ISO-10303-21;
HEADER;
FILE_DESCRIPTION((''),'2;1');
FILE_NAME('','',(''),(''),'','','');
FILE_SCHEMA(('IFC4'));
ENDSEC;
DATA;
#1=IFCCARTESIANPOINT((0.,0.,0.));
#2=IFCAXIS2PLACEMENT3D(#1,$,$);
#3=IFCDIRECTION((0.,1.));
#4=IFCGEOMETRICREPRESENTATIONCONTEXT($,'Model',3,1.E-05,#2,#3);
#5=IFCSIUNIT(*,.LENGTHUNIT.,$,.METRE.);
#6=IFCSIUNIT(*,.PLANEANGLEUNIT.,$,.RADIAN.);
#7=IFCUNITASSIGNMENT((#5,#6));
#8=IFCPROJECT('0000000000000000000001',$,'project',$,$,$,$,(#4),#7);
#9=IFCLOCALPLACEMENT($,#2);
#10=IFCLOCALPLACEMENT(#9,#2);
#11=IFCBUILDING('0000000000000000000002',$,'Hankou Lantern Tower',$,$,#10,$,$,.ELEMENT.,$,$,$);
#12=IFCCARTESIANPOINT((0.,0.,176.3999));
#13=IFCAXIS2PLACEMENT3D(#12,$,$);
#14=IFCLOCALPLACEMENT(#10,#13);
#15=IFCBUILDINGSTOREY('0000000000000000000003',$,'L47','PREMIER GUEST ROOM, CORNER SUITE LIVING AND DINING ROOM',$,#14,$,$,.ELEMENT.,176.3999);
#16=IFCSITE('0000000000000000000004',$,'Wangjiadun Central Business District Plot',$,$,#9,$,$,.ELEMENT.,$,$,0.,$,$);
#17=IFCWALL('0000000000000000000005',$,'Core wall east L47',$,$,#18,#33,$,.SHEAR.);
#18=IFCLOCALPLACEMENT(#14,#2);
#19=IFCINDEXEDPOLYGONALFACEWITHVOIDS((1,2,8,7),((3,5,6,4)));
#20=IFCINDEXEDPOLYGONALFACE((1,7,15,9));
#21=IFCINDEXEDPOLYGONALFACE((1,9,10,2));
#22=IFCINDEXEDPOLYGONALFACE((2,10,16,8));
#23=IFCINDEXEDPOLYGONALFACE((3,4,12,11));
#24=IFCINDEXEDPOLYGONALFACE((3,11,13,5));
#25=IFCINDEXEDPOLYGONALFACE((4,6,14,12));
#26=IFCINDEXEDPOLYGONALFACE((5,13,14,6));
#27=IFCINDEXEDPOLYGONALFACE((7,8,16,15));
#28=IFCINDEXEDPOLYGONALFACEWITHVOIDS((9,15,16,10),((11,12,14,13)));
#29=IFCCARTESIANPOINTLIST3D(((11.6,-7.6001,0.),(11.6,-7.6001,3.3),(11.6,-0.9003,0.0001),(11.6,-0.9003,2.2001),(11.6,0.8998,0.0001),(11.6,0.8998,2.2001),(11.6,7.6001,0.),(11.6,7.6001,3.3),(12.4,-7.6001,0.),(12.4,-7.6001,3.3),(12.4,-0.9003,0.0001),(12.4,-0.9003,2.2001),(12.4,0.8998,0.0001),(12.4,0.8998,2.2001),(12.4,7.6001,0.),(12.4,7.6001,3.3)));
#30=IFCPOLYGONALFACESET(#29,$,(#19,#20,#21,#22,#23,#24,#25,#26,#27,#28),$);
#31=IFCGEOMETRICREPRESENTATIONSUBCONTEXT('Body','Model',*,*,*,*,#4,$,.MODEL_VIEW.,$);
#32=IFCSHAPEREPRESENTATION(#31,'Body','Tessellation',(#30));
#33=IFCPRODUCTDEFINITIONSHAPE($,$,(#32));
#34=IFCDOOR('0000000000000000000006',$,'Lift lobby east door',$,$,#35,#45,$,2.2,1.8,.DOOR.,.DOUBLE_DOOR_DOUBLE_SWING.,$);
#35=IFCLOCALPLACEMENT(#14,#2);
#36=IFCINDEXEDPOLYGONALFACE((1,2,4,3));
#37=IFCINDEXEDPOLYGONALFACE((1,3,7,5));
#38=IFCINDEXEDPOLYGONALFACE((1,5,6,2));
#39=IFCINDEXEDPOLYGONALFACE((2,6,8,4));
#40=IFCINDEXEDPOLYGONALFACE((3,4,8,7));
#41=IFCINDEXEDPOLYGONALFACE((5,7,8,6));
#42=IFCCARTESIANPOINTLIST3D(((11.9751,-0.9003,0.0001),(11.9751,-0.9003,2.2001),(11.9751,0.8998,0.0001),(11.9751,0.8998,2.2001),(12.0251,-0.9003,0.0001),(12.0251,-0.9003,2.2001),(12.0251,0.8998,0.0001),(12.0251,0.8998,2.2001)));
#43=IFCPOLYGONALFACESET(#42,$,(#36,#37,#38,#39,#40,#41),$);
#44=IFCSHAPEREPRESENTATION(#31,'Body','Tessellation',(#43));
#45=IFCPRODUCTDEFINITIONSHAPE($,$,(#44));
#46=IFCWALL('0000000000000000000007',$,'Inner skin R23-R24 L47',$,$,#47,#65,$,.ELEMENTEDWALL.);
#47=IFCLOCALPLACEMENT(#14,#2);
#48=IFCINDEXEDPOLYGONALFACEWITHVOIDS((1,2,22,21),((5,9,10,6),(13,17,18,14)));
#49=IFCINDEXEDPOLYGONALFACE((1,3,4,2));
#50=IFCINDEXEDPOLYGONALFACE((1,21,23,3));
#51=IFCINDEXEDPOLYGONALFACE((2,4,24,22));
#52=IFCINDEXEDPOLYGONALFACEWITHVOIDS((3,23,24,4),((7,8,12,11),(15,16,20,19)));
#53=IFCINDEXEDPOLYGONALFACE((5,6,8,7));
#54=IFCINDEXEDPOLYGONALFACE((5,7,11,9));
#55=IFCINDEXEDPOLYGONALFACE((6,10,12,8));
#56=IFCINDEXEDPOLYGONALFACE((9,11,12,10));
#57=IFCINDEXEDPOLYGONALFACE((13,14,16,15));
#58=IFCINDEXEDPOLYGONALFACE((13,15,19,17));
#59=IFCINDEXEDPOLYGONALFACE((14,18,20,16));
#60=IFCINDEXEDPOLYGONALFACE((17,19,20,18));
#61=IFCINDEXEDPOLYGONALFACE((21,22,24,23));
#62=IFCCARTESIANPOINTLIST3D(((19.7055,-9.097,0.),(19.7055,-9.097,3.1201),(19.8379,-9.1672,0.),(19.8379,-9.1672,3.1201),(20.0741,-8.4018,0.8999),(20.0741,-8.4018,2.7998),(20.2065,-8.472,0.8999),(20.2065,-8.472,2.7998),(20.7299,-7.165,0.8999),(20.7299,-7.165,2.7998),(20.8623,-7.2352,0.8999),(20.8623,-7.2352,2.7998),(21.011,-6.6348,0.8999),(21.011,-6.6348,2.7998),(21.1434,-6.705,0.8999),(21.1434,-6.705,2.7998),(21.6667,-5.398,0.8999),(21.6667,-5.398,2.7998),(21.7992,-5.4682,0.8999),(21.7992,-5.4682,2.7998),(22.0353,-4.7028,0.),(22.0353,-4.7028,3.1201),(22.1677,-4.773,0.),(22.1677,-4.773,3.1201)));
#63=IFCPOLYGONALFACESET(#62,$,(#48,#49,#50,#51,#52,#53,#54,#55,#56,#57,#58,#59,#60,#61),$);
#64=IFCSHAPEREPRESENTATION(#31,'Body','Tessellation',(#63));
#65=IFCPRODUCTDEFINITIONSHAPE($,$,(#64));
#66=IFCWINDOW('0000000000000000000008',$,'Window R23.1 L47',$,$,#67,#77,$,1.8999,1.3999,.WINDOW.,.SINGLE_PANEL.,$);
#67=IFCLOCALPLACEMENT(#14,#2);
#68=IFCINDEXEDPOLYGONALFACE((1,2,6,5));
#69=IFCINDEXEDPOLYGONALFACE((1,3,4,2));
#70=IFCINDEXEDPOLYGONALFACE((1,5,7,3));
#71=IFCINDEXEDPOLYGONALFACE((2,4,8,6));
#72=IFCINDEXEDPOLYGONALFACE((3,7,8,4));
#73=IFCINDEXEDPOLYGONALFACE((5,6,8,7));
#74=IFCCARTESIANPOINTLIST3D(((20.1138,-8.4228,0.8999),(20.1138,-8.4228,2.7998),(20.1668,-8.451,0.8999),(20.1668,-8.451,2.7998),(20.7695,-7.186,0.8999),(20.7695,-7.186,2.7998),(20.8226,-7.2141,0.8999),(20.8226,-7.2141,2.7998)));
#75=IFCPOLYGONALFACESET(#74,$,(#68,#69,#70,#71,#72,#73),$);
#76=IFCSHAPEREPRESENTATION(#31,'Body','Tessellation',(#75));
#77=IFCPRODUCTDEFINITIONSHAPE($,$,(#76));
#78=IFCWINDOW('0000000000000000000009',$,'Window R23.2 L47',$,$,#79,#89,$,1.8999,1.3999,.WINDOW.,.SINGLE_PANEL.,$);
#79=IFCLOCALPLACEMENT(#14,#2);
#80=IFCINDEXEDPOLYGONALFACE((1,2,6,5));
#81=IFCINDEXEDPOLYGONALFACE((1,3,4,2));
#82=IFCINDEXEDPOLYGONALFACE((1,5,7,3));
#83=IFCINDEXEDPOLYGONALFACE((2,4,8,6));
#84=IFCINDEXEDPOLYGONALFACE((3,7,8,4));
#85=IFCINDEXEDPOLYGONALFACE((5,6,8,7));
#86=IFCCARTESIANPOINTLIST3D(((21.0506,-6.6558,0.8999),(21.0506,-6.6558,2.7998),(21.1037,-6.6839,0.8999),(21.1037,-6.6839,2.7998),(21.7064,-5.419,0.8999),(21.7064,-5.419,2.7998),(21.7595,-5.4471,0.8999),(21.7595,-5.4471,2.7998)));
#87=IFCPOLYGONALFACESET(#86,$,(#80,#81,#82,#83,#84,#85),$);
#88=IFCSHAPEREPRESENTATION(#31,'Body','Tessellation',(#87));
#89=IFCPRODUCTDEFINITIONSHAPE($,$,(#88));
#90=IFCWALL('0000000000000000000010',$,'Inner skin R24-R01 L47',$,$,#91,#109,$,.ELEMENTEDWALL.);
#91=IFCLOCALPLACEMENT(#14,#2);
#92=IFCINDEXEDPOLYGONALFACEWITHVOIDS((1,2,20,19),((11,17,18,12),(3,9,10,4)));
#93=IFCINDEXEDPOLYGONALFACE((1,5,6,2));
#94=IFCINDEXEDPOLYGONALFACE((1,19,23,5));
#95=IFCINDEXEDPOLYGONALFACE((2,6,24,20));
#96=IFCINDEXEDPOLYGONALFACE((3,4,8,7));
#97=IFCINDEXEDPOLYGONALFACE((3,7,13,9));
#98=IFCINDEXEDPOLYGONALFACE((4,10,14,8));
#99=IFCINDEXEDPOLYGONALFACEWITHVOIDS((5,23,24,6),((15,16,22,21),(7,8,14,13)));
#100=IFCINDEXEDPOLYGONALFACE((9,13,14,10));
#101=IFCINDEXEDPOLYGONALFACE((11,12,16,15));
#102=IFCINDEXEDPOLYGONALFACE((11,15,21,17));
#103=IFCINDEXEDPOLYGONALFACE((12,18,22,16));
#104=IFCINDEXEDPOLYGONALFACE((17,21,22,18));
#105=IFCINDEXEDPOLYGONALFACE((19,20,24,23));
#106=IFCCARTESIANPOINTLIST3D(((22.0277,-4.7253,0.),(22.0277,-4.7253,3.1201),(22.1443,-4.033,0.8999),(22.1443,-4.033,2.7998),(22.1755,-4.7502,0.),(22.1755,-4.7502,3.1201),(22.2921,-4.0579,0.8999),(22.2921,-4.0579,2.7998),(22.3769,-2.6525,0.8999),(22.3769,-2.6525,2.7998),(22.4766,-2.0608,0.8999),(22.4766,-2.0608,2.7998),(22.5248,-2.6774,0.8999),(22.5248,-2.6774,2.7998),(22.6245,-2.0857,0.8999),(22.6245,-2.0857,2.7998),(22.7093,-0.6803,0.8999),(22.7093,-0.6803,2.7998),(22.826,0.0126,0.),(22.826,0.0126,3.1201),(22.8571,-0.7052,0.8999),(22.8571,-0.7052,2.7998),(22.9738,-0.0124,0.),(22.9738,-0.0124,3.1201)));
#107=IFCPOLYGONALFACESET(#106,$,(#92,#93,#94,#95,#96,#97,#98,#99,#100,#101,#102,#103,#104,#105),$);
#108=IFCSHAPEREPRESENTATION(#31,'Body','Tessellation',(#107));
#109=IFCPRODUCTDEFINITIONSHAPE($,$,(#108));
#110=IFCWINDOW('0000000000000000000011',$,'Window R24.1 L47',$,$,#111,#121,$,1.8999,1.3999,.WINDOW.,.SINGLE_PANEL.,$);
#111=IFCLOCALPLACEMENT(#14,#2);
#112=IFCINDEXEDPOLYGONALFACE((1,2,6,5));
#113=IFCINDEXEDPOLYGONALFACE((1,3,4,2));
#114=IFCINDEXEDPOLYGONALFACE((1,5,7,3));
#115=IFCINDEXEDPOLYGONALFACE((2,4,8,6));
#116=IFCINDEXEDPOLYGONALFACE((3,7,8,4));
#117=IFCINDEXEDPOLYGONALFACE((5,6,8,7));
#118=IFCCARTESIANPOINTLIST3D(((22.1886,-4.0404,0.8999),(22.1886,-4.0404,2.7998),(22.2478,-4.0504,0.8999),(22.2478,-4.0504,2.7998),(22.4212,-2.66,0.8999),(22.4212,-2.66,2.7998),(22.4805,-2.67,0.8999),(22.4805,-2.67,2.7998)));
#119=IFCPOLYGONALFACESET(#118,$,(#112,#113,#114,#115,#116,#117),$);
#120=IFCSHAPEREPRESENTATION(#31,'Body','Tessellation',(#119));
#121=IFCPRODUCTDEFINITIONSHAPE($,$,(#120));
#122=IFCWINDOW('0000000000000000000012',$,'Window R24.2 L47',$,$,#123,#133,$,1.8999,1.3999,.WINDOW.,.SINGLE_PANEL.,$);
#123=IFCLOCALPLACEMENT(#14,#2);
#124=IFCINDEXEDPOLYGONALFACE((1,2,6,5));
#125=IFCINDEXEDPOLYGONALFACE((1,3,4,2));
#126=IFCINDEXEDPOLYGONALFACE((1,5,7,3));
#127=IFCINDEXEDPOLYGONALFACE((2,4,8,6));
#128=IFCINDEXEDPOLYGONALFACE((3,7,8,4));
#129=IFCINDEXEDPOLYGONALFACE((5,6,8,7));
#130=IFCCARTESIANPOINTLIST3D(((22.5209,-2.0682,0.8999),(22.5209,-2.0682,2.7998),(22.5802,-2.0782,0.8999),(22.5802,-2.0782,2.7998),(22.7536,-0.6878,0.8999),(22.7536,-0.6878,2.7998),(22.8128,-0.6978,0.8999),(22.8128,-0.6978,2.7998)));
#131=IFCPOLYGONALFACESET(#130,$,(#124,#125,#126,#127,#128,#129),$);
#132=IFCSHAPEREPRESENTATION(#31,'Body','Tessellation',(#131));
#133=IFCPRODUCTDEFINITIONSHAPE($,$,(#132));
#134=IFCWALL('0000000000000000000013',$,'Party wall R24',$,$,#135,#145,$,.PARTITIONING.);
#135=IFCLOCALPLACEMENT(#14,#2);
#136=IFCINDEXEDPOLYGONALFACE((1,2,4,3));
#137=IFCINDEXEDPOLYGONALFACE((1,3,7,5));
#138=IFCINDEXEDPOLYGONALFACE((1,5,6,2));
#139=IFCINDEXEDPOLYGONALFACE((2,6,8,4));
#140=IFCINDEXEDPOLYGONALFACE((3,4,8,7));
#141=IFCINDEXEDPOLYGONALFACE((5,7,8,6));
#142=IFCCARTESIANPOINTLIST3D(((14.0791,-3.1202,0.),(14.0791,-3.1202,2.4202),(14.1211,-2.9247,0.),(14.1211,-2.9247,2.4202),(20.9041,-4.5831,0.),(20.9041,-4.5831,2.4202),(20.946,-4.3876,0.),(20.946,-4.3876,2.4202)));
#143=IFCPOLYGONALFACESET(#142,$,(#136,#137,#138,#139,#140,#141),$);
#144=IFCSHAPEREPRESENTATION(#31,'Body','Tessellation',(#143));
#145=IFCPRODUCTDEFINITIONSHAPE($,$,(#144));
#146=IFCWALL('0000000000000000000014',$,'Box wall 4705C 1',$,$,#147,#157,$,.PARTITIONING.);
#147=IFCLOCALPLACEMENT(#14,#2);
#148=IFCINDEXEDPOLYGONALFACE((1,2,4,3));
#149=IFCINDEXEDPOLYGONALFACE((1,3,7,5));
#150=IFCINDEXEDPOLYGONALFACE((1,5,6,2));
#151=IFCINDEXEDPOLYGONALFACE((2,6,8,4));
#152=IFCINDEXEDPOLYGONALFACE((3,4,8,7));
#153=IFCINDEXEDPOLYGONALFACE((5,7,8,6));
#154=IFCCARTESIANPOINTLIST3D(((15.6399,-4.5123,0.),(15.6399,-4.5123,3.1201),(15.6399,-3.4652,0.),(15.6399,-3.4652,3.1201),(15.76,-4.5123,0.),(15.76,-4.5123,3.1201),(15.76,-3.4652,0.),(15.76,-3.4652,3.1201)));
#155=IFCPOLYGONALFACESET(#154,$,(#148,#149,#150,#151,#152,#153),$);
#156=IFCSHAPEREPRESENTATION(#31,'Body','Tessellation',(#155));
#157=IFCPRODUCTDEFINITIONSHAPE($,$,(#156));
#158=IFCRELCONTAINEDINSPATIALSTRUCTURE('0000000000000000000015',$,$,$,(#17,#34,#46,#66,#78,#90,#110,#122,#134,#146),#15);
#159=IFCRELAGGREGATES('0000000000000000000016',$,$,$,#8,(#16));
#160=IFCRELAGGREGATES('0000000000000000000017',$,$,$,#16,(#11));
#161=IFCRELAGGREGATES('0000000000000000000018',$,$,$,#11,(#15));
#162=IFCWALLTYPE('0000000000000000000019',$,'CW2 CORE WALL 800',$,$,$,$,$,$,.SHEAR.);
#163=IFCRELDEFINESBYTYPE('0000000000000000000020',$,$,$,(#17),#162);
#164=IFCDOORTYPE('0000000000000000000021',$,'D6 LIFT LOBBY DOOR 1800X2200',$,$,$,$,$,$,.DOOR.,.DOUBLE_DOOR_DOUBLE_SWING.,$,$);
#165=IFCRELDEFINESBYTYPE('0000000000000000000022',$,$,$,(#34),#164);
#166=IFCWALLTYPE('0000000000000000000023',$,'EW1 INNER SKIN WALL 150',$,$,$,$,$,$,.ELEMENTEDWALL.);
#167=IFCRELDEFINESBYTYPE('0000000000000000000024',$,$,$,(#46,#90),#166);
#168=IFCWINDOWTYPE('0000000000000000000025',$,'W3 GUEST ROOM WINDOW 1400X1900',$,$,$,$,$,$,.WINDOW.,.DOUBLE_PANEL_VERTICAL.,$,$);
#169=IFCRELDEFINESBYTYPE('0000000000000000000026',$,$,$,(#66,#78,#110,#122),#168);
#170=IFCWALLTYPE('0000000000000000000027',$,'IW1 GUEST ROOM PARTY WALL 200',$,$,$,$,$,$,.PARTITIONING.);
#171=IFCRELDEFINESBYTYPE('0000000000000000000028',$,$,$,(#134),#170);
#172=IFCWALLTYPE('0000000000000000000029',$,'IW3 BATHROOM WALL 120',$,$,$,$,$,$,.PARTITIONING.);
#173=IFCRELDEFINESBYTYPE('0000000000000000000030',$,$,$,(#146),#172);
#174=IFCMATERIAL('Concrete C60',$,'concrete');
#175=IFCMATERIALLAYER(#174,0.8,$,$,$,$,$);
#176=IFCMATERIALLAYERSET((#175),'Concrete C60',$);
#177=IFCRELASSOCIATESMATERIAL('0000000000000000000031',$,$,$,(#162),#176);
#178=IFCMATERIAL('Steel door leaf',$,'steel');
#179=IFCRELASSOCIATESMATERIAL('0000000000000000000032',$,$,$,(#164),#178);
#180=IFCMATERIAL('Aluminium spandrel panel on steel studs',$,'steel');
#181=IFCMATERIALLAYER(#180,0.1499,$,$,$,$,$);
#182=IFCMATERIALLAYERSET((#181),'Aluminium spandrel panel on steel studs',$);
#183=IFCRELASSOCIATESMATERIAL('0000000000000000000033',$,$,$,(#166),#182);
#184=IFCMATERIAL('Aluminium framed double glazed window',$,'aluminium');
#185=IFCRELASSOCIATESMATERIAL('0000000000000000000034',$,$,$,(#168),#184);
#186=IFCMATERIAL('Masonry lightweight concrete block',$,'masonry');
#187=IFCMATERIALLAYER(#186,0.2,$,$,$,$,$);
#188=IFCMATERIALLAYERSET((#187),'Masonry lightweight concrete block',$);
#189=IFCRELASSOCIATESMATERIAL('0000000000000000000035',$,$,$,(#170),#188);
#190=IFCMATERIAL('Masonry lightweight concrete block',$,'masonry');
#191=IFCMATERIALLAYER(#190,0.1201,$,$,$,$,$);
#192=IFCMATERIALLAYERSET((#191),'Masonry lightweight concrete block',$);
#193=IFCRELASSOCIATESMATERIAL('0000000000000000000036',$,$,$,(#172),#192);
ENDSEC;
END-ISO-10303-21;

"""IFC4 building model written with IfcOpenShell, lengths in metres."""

from ifc_helpers import new_model, si_unit, direction, frame, frame_2d, origin, place, context, subcontext, project, spatial, rectangle, extrude, material, layer, layer_set, type_object, element, fill, save


model = new_model("IFC4")

# Units and contexts
model_context = context("Model", 3, precision=1e-05, world=origin(), true_north=direction((0.0, 1.0)))
body_context = subcontext(model_context, "Body", "Model", "MODEL_VIEW")
ifc_project = project(units=[si_unit("LENGTHUNIT", "METRE"), si_unit("PLANEANGLEUNIT", "RADIAN")], contexts=[model_context])

# Site, building, storey
site_placement = place(None, origin())
site = spatial("IfcSite", under=ifc_project, at=site_placement, Name="Wangjiadun Central Business District Plot", CompositionType="ELEMENT", RefElevation=0.0)
building_placement = place(site_placement, origin())
building = spatial("IfcBuilding", under=site, at=building_placement, Name="Hankou Lantern Tower", CompositionType="ELEMENT")
storey_placement = place(building_placement, frame((0.0, 0.0, 176.3999)))
storey = spatial("IfcBuildingStorey", under=building, at=storey_placement, Name="L47", Description="PREMIER GUEST ROOM, CORNER SUITE LIVING AND DINING ROOM", CompositionType="ELEMENT", Elevation=176.3999)

# Shared definitions
ifc_material_1 = material(Name="Concrete C60", Category="concrete")
ifc_layer_1 = layer(ifc_material_1, 0.8)
ifc_layer_set_1 = layer_set([ifc_layer_1], Name="Concrete C60")
wall_type_1 = type_object("IfcWallType", Name="CW2 CORE WALL 800", PredefinedType="SHEAR", material=ifc_layer_set_1)

# Wall, opening, door
wall_1_placement = place(storey_placement, frame((12.0, -7.6001, 0.0), z_axis=(0.0, 0.0, 1.0), x_axis=(0.0, 1.0, 0.0)))
wall_1 = element("IfcWall", 1, at=wall_1_placement, inside=storey, type_object=wall_type_1, Name="Core wall east L47", PredefinedType="SHEAR", context=body_context, shape_type="SweptSolid", body=[
    extrude(rectangle(XDim=15.2002, YDim=0.8, at=frame_2d((7.6001, 0.0))), origin(), (0.0, 0.0, 1.0), 3.3),
])
opening_1_placement = place(wall_1_placement, frame((6.7, 0.0, 0.0)))
opening_1 = element("IfcOpeningElement", 2, at=opening_1_placement, cuts=wall_1, PredefinedType="OPENING", context=body_context, shape_type="SweptSolid", body=[
    extrude(rectangle(XDim=1.8, YDim=2.2, at=frame_2d((0.8999, 1.1001))), frame((0.0, 0.4099, 0.0), z_axis=(0.0, -1.0, 0.0), x_axis=(1.0, 0.0, 0.0)), (0.0, 0.0, 1.0), 0.8201),
])
ifc_material_2 = material(Name="Steel door leaf", Category="steel")
door_type_1 = type_object("IfcDoorType", Name="D6 LIFT LOBBY DOOR 1800X2200", OperationType="DOUBLE_DOOR_DOUBLE_SWING", PredefinedType="DOOR", material=ifc_material_2)
door_1_placement = place(opening_1_placement, origin())
door_1 = element("IfcDoor", 3, at=door_1_placement, inside=storey, type_object=door_type_1, Name="Lift lobby east door", OperationType="DOUBLE_DOOR_DOUBLE_SWING", OverallHeight=2.2, OverallWidth=1.8, PredefinedType="DOOR", context=body_context, shape_type="SweptSolid", body=[
    extrude(rectangle(XDim=1.8, YDim=2.2, at=frame_2d((0.8999, 1.1001))), frame((0.0, 0.0249, 0.0), z_axis=(0.0, -1.0, 0.0), x_axis=(1.0, 0.0, 0.0)), (0.0, 0.0, 1.0), 0.05),
])
fill(opening_1, door_1)

# Walls, openings, windows
ifc_material_3 = material(Name="Aluminium spandrel panel on steel studs", Category="steel")
ifc_layer_2 = layer(ifc_material_3, 0.1499)
ifc_layer_set_2 = layer_set([ifc_layer_2], Name="Aluminium spandrel panel on steel studs")
wall_type_2 = type_object("IfcWallType", Name="EW1 INNER SKIN WALL 150", PredefinedType="ELEMENTEDWALL", material=ifc_layer_set_2)
wall_2_placement = place(storey_placement, frame((19.7717, -9.1321, 0.0), z_axis=(0.0, 0.0, 1.0), x_axis=(0.468429, 0.883501, 0.0)))
wall_2 = element("IfcWall", 4, at=wall_2_placement, inside=storey, type_object=wall_type_2, Name="Inner skin R23-R24 L47", PredefinedType="ELEMENTEDWALL", context=body_context, shape_type="SweptSolid", body=[
    extrude(rectangle(XDim=4.9736, YDim=0.1499, at=frame_2d((2.4868, 0.0))), origin(), (0.0, 0.0, 1.0), 3.1201),
])
opening_2_placement = place(wall_2_placement, frame((0.7869, 0.0, 0.8999)))
opening_2 = element("IfcOpeningElement", 5, at=opening_2_placement, cuts=wall_2, PredefinedType="OPENING", context=body_context, shape_type="SweptSolid", body=[
    extrude(rectangle(XDim=1.3999, YDim=1.8999, at=frame_2d((0.7, 0.95))), frame((0.0, 0.085, 0.0), z_axis=(0.0, -1.0, 0.0), x_axis=(1.0, 0.0, 0.0)), (0.0, 0.0, 1.0), 0.1699),
])
opening_3_placement = place(wall_2_placement, frame((2.7869, 0.0, 0.8999)))
opening_3 = element("IfcOpeningElement", 6, at=opening_3_placement, cuts=wall_2, PredefinedType="OPENING", context=body_context, shape_type="SweptSolid", body=[
    extrude(rectangle(XDim=1.3999, YDim=1.8999, at=frame_2d((0.7, 0.95))), frame((0.0, 0.085, 0.0), z_axis=(0.0, -1.0, 0.0), x_axis=(1.0, 0.0, 0.0)), (0.0, 0.0, 1.0), 0.1699),
])
ifc_material_4 = material(Name="Aluminium framed double glazed window", Category="aluminium")
window_type = type_object("IfcWindowType", Name="W3 GUEST ROOM WINDOW 1400X1900", PartitioningType="DOUBLE_PANEL_VERTICAL", PredefinedType="WINDOW", material=ifc_material_4)
window_1_placement = place(opening_2_placement, origin())
window_1 = element("IfcWindow", 7, at=window_1_placement, inside=storey, type_object=window_type, Name="Window R23.1 L47", OverallHeight=1.8999, OverallWidth=1.3999, PartitioningType="SINGLE_PANEL", PredefinedType="WINDOW", context=body_context, shape_type="SweptSolid", body=[
    extrude(rectangle(XDim=1.3999, YDim=1.8999, at=frame_2d((0.7, 0.95))), frame((0.0, 0.03, 0.0), z_axis=(0.0, -1.0, 0.0), x_axis=(1.0, 0.0, 0.0)), (0.0, 0.0, 1.0), 0.0601),
])
fill(opening_2, window_1)
window_2_placement = place(opening_3_placement, origin())
window_2 = element("IfcWindow", 8, at=window_2_placement, inside=storey, type_object=window_type, Name="Window R23.2 L47", OverallHeight=1.8999, OverallWidth=1.3999, PartitioningType="SINGLE_PANEL", PredefinedType="WINDOW", context=body_context, shape_type="SweptSolid", body=[
    extrude(rectangle(XDim=1.3999, YDim=1.8999, at=frame_2d((0.7, 0.95))), frame((0.0, 0.03, 0.0), z_axis=(0.0, -1.0, 0.0), x_axis=(1.0, 0.0, 0.0)), (0.0, 0.0, 1.0), 0.0601),
])
fill(opening_3, window_2)
wall_3_placement = place(storey_placement, frame((22.1016, -4.7378, 0.0), z_axis=(0.0, 0.0, 1.0), x_axis=(0.166162, 0.986098, 0.0)))
wall_3 = element("IfcWall", 9, at=wall_3_placement, inside=storey, type_object=wall_type_2, Name="Inner skin R24-R01 L47", PredefinedType="ELEMENTEDWALL", context=body_context, shape_type="SweptSolid", body=[
    extrude(rectangle(XDim=4.8047, YDim=0.1499, at=frame_2d((2.4023, 0.0))), origin(), (0.0, 0.0, 1.0), 3.1201),
])
opening_4_placement = place(wall_3_placement, frame((0.7021, 0.0, 0.8999)))
opening_4 = element("IfcOpeningElement", 10, at=opening_4_placement, cuts=wall_3, PredefinedType="OPENING", context=body_context, shape_type="SweptSolid", body=[
    extrude(rectangle(XDim=1.3999, YDim=1.8999, at=frame_2d((0.7, 0.95))), frame((0.0, 0.085, 0.0), z_axis=(0.0, -1.0, 0.0), x_axis=(1.0, 0.0, 0.0)), (0.0, 0.0, 1.0), 0.1699),
])
opening_5_placement = place(wall_3_placement, frame((2.7021, 0.0, 0.8999)))
opening_5 = element("IfcOpeningElement", 11, at=opening_5_placement, cuts=wall_3, PredefinedType="OPENING", context=body_context, shape_type="SweptSolid", body=[
    extrude(rectangle(XDim=1.3999, YDim=1.8999, at=frame_2d((0.7, 0.95))), frame((0.0, 0.085, 0.0), z_axis=(0.0, -1.0, 0.0), x_axis=(1.0, 0.0, 0.0)), (0.0, 0.0, 1.0), 0.1699),
])
window_3_placement = place(opening_4_placement, origin())
window_3 = element("IfcWindow", 12, at=window_3_placement, inside=storey, type_object=window_type, Name="Window R24.1 L47", OverallHeight=1.8999, OverallWidth=1.3999, PartitioningType="SINGLE_PANEL", PredefinedType="WINDOW", context=body_context, shape_type="SweptSolid", body=[
    extrude(rectangle(XDim=1.3999, YDim=1.8999, at=frame_2d((0.7, 0.95))), frame((0.0, 0.03, 0.0), z_axis=(0.0, -1.0, 0.0), x_axis=(1.0, 0.0, 0.0)), (0.0, 0.0, 1.0), 0.0601),
])
fill(opening_4, window_3)
window_4_placement = place(opening_5_placement, origin())
window_4 = element("IfcWindow", 13, at=window_4_placement, inside=storey, type_object=window_type, Name="Window R24.2 L47", OverallHeight=1.8999, OverallWidth=1.3999, PartitioningType="SINGLE_PANEL", PredefinedType="WINDOW", context=body_context, shape_type="SweptSolid", body=[
    extrude(rectangle(XDim=1.3999, YDim=1.8999, at=frame_2d((0.7, 0.95))), frame((0.0, 0.03, 0.0), z_axis=(0.0, -1.0, 0.0), x_axis=(1.0, 0.0, 0.0)), (0.0, 0.0, 1.0), 0.0601),
])
fill(opening_5, window_4)

# Walls
ifc_material_5 = material(Name="Masonry lightweight concrete block", Category="masonry")
ifc_layer_3 = layer(ifc_material_5, 0.2)
ifc_layer_set_3 = layer_set([ifc_layer_3], Name="Masonry lightweight concrete block")
wall_type_3 = type_object("IfcWallType", Name="IW1 GUEST ROOM PARTY WALL 200", PredefinedType="PARTITIONING", material=ifc_layer_set_3)
wall_4_placement = place(storey_placement, frame((14.1001, -3.0225, 0.0), z_axis=(0.0, 0.0, 1.0), x_axis=(0.977791, -0.209584, 0.0)))
element("IfcWall", 14, at=wall_4_placement, inside=storey, type_object=wall_type_3, Name="Party wall R24", PredefinedType="PARTITIONING", context=body_context, shape_type="SweptSolid", body=[
    extrude(rectangle(XDim=6.98, YDim=0.2, at=frame_2d((3.49, 0.0))), origin(), (0.0, 0.0, 1.0), 2.4202),
])
ifc_material_6 = material(Name="Masonry lightweight concrete block", Category="masonry")
ifc_layer_4 = layer(ifc_material_6, 0.1201)
ifc_layer_set_4 = layer_set([ifc_layer_4], Name="Masonry lightweight concrete block")
wall_type_4 = type_object("IfcWallType", Name="IW3 BATHROOM WALL 120", PredefinedType="PARTITIONING", material=ifc_layer_set_4)
wall_5_placement = place(storey_placement, frame((15.7, -3.4653, 0.0), z_axis=(0.0, 0.0, 1.0), x_axis=(0.0, -1.0, 0.0)))
element("IfcWall", 15, at=wall_5_placement, inside=storey, type_object=wall_type_4, Name="Box wall 4705C 1", PredefinedType="PARTITIONING", context=body_context, shape_type="SweptSolid", body=[
    extrude(rectangle(XDim=1.0471, YDim=0.1201, at=frame_2d((0.5234, 0.0))), origin(), (0.0, 0.0, 1.0), 3.1201),
])

save(model, "model.ifc")
